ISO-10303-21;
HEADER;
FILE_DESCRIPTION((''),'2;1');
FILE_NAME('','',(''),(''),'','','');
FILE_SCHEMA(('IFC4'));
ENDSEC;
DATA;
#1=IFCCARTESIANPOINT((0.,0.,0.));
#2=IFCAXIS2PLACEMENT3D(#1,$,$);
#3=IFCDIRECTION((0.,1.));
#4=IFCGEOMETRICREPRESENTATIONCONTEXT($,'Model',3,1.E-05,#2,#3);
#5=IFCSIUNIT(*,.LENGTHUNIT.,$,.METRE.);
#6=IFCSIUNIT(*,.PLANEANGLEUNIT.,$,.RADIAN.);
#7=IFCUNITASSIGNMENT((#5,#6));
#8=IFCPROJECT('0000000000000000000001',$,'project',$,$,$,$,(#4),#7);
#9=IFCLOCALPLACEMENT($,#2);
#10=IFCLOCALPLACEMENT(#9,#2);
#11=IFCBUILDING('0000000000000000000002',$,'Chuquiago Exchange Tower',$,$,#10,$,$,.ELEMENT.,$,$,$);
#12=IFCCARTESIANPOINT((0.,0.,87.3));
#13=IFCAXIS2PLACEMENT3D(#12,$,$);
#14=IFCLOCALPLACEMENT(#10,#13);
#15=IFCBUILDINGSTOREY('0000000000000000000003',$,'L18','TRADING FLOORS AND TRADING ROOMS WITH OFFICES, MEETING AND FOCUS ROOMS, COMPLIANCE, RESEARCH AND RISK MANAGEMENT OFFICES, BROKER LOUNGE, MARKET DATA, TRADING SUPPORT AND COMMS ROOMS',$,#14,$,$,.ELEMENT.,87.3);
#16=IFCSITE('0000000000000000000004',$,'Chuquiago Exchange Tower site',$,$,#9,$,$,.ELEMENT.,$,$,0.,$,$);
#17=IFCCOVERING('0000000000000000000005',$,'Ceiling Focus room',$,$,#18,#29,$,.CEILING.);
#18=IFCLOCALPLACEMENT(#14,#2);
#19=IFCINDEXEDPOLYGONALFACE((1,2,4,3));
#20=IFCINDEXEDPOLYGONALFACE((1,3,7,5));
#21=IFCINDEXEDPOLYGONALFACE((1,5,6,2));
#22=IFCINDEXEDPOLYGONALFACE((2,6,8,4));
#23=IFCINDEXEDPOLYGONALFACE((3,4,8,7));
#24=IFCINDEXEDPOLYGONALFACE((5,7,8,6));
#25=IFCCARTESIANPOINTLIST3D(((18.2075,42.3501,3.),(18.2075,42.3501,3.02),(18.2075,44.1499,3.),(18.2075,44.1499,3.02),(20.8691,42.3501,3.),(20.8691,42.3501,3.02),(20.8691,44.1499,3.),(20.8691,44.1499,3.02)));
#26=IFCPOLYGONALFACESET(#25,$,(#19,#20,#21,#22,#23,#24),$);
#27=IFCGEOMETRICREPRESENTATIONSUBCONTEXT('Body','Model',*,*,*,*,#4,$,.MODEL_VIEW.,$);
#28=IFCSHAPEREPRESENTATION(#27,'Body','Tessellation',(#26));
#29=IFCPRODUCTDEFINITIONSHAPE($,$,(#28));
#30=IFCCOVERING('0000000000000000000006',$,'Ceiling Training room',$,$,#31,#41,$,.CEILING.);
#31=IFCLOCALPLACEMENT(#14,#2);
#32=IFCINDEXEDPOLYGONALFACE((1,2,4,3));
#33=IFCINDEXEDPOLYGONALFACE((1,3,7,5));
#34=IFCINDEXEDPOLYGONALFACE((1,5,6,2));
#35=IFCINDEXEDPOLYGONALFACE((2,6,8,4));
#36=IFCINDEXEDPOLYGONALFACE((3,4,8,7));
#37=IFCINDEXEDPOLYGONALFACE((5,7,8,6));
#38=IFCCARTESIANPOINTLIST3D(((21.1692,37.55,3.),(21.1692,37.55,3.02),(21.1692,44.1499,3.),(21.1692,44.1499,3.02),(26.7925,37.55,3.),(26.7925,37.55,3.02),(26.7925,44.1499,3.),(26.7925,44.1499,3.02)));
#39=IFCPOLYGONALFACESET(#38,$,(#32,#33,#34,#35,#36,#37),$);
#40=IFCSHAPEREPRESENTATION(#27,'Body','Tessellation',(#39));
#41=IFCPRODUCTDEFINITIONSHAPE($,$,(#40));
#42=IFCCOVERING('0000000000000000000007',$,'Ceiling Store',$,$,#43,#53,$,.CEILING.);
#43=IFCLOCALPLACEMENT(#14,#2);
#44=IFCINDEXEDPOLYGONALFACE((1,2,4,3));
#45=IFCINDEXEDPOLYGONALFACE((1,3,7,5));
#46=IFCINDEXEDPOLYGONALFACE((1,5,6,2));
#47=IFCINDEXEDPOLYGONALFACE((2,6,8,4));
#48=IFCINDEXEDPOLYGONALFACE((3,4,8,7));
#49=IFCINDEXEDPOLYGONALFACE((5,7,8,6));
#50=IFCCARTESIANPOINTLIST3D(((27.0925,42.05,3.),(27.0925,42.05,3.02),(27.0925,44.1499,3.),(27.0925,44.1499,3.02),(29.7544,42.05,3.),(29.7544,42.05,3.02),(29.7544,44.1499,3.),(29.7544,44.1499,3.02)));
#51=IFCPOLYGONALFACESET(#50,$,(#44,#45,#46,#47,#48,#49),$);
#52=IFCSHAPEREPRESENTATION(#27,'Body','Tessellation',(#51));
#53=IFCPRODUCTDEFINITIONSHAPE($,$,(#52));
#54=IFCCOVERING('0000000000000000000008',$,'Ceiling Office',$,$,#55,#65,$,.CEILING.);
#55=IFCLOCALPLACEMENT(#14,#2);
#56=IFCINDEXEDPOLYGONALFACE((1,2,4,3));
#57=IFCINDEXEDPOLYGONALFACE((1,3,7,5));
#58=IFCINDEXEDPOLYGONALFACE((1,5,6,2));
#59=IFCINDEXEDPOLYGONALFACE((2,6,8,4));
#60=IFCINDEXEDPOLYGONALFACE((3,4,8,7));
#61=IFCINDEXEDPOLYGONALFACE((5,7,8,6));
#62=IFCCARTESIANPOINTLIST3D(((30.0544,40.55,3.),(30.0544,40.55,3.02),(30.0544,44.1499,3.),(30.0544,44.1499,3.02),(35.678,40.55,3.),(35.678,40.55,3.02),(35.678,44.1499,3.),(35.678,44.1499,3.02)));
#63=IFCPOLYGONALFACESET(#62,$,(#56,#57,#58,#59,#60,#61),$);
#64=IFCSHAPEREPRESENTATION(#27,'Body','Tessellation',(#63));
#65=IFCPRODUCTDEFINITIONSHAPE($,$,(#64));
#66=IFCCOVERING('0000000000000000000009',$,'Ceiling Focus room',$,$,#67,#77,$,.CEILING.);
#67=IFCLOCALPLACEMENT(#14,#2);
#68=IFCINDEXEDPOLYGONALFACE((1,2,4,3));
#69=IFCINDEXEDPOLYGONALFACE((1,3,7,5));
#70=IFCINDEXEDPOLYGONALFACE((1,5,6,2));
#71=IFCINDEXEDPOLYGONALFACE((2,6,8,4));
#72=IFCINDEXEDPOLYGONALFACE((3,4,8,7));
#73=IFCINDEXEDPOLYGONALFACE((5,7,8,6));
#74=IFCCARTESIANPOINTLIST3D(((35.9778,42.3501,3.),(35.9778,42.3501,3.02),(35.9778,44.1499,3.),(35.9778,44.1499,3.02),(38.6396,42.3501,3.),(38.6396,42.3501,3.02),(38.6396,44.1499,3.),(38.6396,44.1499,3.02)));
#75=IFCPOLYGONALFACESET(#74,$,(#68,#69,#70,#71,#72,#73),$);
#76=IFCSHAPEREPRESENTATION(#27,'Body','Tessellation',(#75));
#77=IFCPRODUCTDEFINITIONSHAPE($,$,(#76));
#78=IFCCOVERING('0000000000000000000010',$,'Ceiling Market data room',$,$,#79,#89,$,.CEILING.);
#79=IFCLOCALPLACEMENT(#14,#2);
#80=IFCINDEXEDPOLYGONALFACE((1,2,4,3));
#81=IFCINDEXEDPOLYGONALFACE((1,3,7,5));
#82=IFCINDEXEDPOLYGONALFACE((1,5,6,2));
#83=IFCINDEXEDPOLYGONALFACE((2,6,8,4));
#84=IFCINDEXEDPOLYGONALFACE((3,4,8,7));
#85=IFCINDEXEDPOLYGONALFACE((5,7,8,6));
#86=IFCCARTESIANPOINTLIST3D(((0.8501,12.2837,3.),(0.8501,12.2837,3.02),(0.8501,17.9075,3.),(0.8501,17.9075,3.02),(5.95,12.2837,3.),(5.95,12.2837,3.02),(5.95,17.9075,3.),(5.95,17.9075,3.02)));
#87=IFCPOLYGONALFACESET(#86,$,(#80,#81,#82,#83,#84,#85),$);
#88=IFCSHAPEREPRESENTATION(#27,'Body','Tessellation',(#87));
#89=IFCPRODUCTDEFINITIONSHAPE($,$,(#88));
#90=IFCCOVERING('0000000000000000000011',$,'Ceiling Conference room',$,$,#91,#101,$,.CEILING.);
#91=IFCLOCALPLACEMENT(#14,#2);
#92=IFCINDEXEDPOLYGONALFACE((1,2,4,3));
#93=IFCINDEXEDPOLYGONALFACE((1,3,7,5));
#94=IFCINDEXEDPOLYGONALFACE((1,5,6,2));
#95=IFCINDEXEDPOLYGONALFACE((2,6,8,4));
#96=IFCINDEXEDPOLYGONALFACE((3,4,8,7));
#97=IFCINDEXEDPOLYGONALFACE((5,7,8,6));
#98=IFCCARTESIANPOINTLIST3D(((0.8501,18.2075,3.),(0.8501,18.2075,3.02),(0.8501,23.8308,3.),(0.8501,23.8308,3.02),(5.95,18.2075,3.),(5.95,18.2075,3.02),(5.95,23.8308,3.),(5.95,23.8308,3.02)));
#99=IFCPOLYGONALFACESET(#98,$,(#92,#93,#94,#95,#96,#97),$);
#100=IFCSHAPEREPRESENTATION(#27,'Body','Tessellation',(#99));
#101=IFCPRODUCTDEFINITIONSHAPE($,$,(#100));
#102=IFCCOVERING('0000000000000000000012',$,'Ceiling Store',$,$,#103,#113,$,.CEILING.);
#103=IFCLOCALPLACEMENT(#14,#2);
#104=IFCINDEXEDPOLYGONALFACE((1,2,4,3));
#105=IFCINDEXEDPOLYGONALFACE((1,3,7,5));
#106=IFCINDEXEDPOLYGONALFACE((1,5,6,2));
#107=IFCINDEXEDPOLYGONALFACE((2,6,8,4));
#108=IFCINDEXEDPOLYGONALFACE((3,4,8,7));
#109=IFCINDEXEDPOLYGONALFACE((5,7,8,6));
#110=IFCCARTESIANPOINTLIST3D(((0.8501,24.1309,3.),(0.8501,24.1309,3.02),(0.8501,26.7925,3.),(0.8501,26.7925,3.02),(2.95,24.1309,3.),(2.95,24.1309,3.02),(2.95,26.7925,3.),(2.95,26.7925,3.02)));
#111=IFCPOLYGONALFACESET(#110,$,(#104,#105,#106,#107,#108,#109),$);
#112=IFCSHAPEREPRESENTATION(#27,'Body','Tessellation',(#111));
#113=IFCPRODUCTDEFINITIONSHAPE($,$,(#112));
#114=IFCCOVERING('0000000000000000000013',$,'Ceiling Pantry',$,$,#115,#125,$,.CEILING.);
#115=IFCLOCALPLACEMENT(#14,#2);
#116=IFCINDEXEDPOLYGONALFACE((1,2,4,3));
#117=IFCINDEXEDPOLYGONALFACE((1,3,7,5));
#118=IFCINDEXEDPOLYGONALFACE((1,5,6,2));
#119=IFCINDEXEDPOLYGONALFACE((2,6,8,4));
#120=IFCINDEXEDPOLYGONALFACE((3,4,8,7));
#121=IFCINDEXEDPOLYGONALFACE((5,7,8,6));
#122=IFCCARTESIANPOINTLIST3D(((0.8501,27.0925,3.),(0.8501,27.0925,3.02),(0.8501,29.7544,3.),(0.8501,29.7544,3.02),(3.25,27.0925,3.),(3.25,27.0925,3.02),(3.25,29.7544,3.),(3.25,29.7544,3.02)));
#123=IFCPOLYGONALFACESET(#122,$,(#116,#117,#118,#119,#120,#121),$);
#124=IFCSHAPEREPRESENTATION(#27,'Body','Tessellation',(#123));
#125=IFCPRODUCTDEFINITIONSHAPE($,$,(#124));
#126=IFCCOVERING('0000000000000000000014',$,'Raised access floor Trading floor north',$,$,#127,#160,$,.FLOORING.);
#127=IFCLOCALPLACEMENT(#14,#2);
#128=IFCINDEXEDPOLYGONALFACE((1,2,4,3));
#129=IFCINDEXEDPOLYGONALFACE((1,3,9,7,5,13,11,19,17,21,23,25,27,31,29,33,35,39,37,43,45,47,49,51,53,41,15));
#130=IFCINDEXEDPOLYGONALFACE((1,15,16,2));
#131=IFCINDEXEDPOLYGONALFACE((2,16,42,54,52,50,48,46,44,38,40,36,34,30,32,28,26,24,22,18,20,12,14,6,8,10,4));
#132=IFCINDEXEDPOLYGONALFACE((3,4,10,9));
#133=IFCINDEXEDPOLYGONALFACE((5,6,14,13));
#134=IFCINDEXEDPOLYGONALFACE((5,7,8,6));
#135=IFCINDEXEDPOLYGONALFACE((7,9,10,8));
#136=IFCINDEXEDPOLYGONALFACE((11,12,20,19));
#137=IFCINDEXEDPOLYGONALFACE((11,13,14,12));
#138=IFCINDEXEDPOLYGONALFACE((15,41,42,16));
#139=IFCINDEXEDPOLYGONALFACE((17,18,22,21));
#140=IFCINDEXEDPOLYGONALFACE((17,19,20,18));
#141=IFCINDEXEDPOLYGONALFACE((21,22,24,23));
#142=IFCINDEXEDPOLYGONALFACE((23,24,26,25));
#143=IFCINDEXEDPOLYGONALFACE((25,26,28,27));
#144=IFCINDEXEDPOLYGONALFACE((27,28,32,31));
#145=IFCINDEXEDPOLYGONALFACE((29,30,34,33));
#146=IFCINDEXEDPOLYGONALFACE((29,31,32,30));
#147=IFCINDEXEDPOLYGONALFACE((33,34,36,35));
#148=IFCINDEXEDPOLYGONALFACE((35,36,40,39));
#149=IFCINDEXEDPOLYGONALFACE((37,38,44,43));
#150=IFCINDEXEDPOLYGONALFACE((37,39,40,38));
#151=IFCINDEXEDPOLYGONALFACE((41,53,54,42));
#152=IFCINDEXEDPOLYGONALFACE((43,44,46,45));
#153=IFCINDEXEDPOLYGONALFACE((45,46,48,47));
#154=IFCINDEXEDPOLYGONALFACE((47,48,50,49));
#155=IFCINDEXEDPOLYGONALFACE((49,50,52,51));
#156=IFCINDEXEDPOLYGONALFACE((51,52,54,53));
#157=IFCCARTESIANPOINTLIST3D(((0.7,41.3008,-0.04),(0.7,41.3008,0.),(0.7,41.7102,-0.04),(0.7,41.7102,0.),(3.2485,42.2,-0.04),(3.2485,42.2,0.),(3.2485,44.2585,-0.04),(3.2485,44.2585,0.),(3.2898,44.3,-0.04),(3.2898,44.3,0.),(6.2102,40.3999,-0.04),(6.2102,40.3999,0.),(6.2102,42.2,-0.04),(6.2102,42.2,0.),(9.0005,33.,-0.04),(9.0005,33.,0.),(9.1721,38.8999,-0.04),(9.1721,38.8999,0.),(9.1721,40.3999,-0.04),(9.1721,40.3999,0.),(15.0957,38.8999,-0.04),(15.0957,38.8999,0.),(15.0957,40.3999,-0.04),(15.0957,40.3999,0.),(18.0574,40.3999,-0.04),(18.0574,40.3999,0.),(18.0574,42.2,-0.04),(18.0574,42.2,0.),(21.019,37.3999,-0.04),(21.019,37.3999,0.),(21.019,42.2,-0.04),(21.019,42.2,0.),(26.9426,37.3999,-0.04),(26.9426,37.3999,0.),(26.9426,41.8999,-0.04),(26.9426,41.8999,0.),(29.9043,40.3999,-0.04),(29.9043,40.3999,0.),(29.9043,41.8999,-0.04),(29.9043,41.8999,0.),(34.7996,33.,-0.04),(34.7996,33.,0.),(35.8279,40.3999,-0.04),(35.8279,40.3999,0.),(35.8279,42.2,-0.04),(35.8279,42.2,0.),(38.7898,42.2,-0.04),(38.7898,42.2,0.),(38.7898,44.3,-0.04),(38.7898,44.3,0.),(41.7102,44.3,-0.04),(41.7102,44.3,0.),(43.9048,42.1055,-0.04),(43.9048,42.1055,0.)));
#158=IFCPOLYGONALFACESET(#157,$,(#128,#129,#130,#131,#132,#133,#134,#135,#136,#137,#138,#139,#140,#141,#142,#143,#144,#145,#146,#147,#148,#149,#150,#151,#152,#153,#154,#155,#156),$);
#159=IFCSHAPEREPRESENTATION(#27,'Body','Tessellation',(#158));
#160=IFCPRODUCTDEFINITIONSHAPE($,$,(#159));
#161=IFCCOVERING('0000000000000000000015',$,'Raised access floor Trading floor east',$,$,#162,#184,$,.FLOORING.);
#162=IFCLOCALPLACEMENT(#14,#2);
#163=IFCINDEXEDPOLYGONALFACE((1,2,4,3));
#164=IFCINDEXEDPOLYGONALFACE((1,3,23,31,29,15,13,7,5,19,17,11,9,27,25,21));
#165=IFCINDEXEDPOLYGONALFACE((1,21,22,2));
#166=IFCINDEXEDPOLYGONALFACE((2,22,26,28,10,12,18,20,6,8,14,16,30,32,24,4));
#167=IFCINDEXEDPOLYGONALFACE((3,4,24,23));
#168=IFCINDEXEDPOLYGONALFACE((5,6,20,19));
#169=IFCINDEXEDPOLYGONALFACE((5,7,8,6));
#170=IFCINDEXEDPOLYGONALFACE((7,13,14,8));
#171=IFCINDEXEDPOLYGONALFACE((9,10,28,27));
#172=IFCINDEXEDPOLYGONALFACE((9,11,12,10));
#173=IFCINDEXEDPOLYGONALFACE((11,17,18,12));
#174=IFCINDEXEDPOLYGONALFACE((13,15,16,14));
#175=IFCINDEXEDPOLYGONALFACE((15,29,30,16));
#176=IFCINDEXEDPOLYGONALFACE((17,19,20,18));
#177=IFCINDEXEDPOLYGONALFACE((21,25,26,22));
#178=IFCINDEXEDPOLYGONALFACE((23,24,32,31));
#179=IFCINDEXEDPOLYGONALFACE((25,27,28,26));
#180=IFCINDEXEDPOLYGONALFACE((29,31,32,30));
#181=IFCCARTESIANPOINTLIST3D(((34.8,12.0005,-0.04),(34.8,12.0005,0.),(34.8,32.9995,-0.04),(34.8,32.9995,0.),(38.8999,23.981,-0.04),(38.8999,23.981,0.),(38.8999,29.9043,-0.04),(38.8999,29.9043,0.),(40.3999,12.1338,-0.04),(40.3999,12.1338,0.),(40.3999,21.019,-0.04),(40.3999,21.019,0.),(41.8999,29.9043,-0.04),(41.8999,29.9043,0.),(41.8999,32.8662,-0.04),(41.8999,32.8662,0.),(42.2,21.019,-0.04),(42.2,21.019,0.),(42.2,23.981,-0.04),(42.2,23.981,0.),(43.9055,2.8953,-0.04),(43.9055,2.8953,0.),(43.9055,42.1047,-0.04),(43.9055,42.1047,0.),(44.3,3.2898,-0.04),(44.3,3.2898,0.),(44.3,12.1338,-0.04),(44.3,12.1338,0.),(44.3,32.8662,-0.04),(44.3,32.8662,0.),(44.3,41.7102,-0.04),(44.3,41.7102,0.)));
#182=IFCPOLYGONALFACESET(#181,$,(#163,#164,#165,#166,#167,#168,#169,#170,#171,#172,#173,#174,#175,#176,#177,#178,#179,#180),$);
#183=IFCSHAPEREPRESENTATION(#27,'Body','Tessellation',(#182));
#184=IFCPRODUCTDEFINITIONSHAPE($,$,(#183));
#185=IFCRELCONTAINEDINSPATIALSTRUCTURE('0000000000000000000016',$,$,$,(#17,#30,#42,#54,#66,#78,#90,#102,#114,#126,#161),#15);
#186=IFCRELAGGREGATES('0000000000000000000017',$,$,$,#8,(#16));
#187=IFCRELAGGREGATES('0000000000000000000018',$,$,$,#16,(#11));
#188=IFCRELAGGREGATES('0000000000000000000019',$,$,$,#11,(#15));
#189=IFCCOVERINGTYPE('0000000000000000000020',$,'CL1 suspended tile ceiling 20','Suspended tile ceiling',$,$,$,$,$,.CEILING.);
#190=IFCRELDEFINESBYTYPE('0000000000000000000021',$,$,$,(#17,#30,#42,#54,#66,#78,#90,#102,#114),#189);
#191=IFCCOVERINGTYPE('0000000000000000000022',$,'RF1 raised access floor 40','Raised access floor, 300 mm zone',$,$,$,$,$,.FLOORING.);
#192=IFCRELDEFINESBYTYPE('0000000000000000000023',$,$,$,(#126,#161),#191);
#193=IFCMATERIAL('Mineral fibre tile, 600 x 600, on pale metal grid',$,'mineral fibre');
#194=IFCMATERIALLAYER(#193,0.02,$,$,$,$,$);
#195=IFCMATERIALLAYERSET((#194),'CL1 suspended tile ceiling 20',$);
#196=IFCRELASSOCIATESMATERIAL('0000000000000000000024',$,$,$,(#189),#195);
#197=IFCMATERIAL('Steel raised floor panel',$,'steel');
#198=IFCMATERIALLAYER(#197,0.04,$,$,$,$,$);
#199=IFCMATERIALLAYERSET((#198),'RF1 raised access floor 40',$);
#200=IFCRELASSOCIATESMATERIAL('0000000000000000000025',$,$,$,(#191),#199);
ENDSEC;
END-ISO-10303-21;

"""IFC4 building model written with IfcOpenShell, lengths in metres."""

from ifc_helpers import new_model, si_unit, direction, frame, origin, place, context, subcontext, project, spatial, polyline, outline, extrude, material, layer, layer_set, type_object, element, save


model = new_model("IFC4")

# Units and contexts
model_context = context("Model", 3, precision=1e-05, world=origin(), true_north=direction((0.0, 1.0)))
body_context = subcontext(model_context, "Body", "Model", "MODEL_VIEW")
ifc_project = project(units=[si_unit("LENGTHUNIT", "METRE"), si_unit("PLANEANGLEUNIT", "RADIAN")], contexts=[model_context])

# Site, building, storey
site_placement = place(None, origin())
site = spatial("IfcSite", under=ifc_project, at=site_placement, Name="Chuquiago Exchange Tower site", CompositionType="ELEMENT", RefElevation=0.0)
building_placement = place(site_placement, origin())
building = spatial("IfcBuilding", under=site, at=building_placement, Name="Chuquiago Exchange Tower", CompositionType="ELEMENT")
storey_placement = place(building_placement, frame((0.0, 0.0, 87.3)))
storey = spatial("IfcBuildingStorey", under=building, at=storey_placement, Name="L18", Description="TRADING FLOORS AND TRADING ROOMS WITH OFFICES, MEETING AND FOCUS ROOMS, COMPLIANCE, RESEARCH AND RISK MANAGEMENT OFFICES, BROKER LOUNGE, MARKET DATA, TRADING SUPPORT AND COMMS ROOMS", CompositionType="ELEMENT", Elevation=87.3)

# Coverings
ifc_material_1 = material(Name="Mineral fibre tile, 600 x 600, on pale metal grid", Category="mineral fibre")
ifc_layer_1 = layer(ifc_material_1, 0.02)
ifc_layer_set_1 = layer_set([ifc_layer_1], Name="CL1 suspended tile ceiling 20")
covering_type_1 = type_object("IfcCoveringType", Name="CL1 suspended tile ceiling 20", Description="Suspended tile ceiling", PredefinedType="CEILING", material=ifc_layer_set_1)
covering_1_placement = place(storey_placement, frame((0.0, 0.0, 3.0)))
element("IfcCovering", 1, at=covering_1_placement, inside=storey, type_object=covering_type_1, Name="Ceiling Focus room", PredefinedType="CEILING", context=body_context, shape_type="SweptSolid", body=[
    extrude(outline(polyline([(20.8691, 42.3501), (18.2075, 42.3501), (18.2075, 44.1499), (20.8691, 44.1499), (20.8691, 42.3501)])), origin(), (0.0, 0.0, 1.0), 0.02),
])
covering_2_placement = place(storey_placement, frame((0.0, 0.0, 3.0)))
element("IfcCovering", 2, at=covering_2_placement, inside=storey, type_object=covering_type_1, Name="Ceiling Training room", PredefinedType="CEILING", context=body_context, shape_type="SweptSolid", body=[
    extrude(outline(polyline([(26.7925, 37.55), (21.1692, 37.55), (21.1692, 44.1499), (26.7925, 44.1499), (26.7925, 37.55)])), origin(), (0.0, 0.0, 1.0), 0.02),
])
covering_3_placement = place(storey_placement, frame((0.0, 0.0, 3.0)))
element("IfcCovering", 3, at=covering_3_placement, inside=storey, type_object=covering_type_1, Name="Ceiling Store", PredefinedType="CEILING", context=body_context, shape_type="SweptSolid", body=[
    extrude(outline(polyline([(29.7544, 42.05), (27.0925, 42.05), (27.0925, 44.1499), (29.7544, 44.1499), (29.7544, 42.05)])), origin(), (0.0, 0.0, 1.0), 0.02),
])
covering_4_placement = place(storey_placement, frame((0.0, 0.0, 3.0)))
element("IfcCovering", 4, at=covering_4_placement, inside=storey, type_object=covering_type_1, Name="Ceiling Office", PredefinedType="CEILING", context=body_context, shape_type="SweptSolid", body=[
    extrude(outline(polyline([(35.678, 40.55), (30.0544, 40.55), (30.0544, 44.1499), (35.678, 44.1499), (35.678, 40.55)])), origin(), (0.0, 0.0, 1.0), 0.02),
])
covering_5_placement = place(storey_placement, frame((0.0, 0.0, 3.0)))
element("IfcCovering", 5, at=covering_5_placement, inside=storey, type_object=covering_type_1, Name="Ceiling Focus room", PredefinedType="CEILING", context=body_context, shape_type="SweptSolid", body=[
    extrude(outline(polyline([(38.6396, 42.3501), (35.9778, 42.3501), (35.9778, 44.1499), (38.6396, 44.1499), (38.6396, 42.3501)])), origin(), (0.0, 0.0, 1.0), 0.02),
])
covering_6_placement = place(storey_placement, frame((0.0, 0.0, 3.0)))
element("IfcCovering", 6, at=covering_6_placement, inside=storey, type_object=covering_type_1, Name="Ceiling Market data room", PredefinedType="CEILING", context=body_context, shape_type="SweptSolid", body=[
    extrude(outline(polyline([(5.95, 17.9075), (5.95, 12.2837), (0.8501, 12.2837), (0.8501, 17.9075), (5.95, 17.9075)])), origin(), (0.0, 0.0, 1.0), 0.02),
])
covering_7_placement = place(storey_placement, frame((0.0, 0.0, 3.0)))
element("IfcCovering", 7, at=covering_7_placement, inside=storey, type_object=covering_type_1, Name="Ceiling Conference room", PredefinedType="CEILING", context=body_context, shape_type="SweptSolid", body=[
    extrude(outline(polyline([(5.95, 23.8308), (5.95, 18.2075), (0.8501, 18.2075), (0.8501, 23.8308), (5.95, 23.8308)])), origin(), (0.0, 0.0, 1.0), 0.02),
])
covering_8_placement = place(storey_placement, frame((0.0, 0.0, 3.0)))
element("IfcCovering", 8, at=covering_8_placement, inside=storey, type_object=covering_type_1, Name="Ceiling Store", PredefinedType="CEILING", context=body_context, shape_type="SweptSolid", body=[
    extrude(outline(polyline([(2.95, 26.7925), (2.95, 24.1309), (0.8501, 24.1309), (0.8501, 26.7925), (2.95, 26.7925)])), origin(), (0.0, 0.0, 1.0), 0.02),
])
covering_9_placement = place(storey_placement, frame((0.0, 0.0, 3.0)))
element("IfcCovering", 9, at=covering_9_placement, inside=storey, type_object=covering_type_1, Name="Ceiling Pantry", PredefinedType="CEILING", context=body_context, shape_type="SweptSolid", body=[
    extrude(outline(polyline([(3.25, 29.7544), (3.25, 27.0925), (0.8501, 27.0925), (0.8501, 29.7544), (3.25, 29.7544)])), origin(), (0.0, 0.0, 1.0), 0.02),
])
ifc_material_2 = material(Name="Steel raised floor panel", Category="steel")
ifc_layer_2 = layer(ifc_material_2, 0.04)
ifc_layer_set_2 = layer_set([ifc_layer_2], Name="RF1 raised access floor 40")
covering_type_2 = type_object("IfcCoveringType", Name="RF1 raised access floor 40", Description="Raised access floor, 300 mm zone", PredefinedType="FLOORING", material=ifc_layer_set_2)
covering_10_placement = place(storey_placement, frame((0.0, 0.0, -0.04)))
element("IfcCovering", 10, at=covering_10_placement, inside=storey, type_object=covering_type_2, Name="Raised access floor Trading floor north", PredefinedType="FLOORING", context=body_context, shape_type="SweptSolid", body=[
    extrude(outline(polyline([(0.7, 41.7102), (3.2898, 44.3), (3.2485, 44.2585), (3.2485, 42.2), (6.2102, 42.2), (6.2102, 40.3999), (9.1721, 40.3999), (9.1721, 38.8999), (15.0957, 38.8999), (15.0957, 40.3999), (18.0574, 40.3999), (18.0574, 42.2), (21.019, 42.2), (21.019, 37.3999), (26.9426, 37.3999), (26.9426, 41.8999), (29.9043, 41.8999), (29.9043, 40.3999), (35.8279, 40.3999), (35.8279, 42.2), (38.7898, 42.2), (38.7898, 44.3), (41.7102, 44.3), (43.9048, 42.1055), (34.7996, 33.0), (9.0005, 33.0), (0.7, 41.3008), (0.7, 41.7102)])), origin(), (0.0, 0.0, 1.0), 0.04),
])
covering_11_placement = place(storey_placement, frame((0.0, 0.0, -0.04)))
element("IfcCovering", 11, at=covering_11_placement, inside=storey, type_object=covering_type_2, Name="Raised access floor Trading floor east", PredefinedType="FLOORING", context=body_context, shape_type="SweptSolid", body=[
    extrude(outline(polyline([(44.3, 41.7102), (44.3, 32.8662), (41.8999, 32.8662), (41.8999, 29.9043), (38.8999, 29.9043), (38.8999, 23.981), (42.2, 23.981), (42.2, 21.019), (40.3999, 21.019), (40.3999, 12.1338), (44.3, 12.1338), (44.3, 3.2898), (43.9055, 2.8953), (34.8, 12.0005), (34.8, 32.9995), (43.9055, 42.1047), (44.3, 41.7102)])), origin(), (0.0, 0.0, 1.0), 0.04),
])

save(model, "model.ifc")
